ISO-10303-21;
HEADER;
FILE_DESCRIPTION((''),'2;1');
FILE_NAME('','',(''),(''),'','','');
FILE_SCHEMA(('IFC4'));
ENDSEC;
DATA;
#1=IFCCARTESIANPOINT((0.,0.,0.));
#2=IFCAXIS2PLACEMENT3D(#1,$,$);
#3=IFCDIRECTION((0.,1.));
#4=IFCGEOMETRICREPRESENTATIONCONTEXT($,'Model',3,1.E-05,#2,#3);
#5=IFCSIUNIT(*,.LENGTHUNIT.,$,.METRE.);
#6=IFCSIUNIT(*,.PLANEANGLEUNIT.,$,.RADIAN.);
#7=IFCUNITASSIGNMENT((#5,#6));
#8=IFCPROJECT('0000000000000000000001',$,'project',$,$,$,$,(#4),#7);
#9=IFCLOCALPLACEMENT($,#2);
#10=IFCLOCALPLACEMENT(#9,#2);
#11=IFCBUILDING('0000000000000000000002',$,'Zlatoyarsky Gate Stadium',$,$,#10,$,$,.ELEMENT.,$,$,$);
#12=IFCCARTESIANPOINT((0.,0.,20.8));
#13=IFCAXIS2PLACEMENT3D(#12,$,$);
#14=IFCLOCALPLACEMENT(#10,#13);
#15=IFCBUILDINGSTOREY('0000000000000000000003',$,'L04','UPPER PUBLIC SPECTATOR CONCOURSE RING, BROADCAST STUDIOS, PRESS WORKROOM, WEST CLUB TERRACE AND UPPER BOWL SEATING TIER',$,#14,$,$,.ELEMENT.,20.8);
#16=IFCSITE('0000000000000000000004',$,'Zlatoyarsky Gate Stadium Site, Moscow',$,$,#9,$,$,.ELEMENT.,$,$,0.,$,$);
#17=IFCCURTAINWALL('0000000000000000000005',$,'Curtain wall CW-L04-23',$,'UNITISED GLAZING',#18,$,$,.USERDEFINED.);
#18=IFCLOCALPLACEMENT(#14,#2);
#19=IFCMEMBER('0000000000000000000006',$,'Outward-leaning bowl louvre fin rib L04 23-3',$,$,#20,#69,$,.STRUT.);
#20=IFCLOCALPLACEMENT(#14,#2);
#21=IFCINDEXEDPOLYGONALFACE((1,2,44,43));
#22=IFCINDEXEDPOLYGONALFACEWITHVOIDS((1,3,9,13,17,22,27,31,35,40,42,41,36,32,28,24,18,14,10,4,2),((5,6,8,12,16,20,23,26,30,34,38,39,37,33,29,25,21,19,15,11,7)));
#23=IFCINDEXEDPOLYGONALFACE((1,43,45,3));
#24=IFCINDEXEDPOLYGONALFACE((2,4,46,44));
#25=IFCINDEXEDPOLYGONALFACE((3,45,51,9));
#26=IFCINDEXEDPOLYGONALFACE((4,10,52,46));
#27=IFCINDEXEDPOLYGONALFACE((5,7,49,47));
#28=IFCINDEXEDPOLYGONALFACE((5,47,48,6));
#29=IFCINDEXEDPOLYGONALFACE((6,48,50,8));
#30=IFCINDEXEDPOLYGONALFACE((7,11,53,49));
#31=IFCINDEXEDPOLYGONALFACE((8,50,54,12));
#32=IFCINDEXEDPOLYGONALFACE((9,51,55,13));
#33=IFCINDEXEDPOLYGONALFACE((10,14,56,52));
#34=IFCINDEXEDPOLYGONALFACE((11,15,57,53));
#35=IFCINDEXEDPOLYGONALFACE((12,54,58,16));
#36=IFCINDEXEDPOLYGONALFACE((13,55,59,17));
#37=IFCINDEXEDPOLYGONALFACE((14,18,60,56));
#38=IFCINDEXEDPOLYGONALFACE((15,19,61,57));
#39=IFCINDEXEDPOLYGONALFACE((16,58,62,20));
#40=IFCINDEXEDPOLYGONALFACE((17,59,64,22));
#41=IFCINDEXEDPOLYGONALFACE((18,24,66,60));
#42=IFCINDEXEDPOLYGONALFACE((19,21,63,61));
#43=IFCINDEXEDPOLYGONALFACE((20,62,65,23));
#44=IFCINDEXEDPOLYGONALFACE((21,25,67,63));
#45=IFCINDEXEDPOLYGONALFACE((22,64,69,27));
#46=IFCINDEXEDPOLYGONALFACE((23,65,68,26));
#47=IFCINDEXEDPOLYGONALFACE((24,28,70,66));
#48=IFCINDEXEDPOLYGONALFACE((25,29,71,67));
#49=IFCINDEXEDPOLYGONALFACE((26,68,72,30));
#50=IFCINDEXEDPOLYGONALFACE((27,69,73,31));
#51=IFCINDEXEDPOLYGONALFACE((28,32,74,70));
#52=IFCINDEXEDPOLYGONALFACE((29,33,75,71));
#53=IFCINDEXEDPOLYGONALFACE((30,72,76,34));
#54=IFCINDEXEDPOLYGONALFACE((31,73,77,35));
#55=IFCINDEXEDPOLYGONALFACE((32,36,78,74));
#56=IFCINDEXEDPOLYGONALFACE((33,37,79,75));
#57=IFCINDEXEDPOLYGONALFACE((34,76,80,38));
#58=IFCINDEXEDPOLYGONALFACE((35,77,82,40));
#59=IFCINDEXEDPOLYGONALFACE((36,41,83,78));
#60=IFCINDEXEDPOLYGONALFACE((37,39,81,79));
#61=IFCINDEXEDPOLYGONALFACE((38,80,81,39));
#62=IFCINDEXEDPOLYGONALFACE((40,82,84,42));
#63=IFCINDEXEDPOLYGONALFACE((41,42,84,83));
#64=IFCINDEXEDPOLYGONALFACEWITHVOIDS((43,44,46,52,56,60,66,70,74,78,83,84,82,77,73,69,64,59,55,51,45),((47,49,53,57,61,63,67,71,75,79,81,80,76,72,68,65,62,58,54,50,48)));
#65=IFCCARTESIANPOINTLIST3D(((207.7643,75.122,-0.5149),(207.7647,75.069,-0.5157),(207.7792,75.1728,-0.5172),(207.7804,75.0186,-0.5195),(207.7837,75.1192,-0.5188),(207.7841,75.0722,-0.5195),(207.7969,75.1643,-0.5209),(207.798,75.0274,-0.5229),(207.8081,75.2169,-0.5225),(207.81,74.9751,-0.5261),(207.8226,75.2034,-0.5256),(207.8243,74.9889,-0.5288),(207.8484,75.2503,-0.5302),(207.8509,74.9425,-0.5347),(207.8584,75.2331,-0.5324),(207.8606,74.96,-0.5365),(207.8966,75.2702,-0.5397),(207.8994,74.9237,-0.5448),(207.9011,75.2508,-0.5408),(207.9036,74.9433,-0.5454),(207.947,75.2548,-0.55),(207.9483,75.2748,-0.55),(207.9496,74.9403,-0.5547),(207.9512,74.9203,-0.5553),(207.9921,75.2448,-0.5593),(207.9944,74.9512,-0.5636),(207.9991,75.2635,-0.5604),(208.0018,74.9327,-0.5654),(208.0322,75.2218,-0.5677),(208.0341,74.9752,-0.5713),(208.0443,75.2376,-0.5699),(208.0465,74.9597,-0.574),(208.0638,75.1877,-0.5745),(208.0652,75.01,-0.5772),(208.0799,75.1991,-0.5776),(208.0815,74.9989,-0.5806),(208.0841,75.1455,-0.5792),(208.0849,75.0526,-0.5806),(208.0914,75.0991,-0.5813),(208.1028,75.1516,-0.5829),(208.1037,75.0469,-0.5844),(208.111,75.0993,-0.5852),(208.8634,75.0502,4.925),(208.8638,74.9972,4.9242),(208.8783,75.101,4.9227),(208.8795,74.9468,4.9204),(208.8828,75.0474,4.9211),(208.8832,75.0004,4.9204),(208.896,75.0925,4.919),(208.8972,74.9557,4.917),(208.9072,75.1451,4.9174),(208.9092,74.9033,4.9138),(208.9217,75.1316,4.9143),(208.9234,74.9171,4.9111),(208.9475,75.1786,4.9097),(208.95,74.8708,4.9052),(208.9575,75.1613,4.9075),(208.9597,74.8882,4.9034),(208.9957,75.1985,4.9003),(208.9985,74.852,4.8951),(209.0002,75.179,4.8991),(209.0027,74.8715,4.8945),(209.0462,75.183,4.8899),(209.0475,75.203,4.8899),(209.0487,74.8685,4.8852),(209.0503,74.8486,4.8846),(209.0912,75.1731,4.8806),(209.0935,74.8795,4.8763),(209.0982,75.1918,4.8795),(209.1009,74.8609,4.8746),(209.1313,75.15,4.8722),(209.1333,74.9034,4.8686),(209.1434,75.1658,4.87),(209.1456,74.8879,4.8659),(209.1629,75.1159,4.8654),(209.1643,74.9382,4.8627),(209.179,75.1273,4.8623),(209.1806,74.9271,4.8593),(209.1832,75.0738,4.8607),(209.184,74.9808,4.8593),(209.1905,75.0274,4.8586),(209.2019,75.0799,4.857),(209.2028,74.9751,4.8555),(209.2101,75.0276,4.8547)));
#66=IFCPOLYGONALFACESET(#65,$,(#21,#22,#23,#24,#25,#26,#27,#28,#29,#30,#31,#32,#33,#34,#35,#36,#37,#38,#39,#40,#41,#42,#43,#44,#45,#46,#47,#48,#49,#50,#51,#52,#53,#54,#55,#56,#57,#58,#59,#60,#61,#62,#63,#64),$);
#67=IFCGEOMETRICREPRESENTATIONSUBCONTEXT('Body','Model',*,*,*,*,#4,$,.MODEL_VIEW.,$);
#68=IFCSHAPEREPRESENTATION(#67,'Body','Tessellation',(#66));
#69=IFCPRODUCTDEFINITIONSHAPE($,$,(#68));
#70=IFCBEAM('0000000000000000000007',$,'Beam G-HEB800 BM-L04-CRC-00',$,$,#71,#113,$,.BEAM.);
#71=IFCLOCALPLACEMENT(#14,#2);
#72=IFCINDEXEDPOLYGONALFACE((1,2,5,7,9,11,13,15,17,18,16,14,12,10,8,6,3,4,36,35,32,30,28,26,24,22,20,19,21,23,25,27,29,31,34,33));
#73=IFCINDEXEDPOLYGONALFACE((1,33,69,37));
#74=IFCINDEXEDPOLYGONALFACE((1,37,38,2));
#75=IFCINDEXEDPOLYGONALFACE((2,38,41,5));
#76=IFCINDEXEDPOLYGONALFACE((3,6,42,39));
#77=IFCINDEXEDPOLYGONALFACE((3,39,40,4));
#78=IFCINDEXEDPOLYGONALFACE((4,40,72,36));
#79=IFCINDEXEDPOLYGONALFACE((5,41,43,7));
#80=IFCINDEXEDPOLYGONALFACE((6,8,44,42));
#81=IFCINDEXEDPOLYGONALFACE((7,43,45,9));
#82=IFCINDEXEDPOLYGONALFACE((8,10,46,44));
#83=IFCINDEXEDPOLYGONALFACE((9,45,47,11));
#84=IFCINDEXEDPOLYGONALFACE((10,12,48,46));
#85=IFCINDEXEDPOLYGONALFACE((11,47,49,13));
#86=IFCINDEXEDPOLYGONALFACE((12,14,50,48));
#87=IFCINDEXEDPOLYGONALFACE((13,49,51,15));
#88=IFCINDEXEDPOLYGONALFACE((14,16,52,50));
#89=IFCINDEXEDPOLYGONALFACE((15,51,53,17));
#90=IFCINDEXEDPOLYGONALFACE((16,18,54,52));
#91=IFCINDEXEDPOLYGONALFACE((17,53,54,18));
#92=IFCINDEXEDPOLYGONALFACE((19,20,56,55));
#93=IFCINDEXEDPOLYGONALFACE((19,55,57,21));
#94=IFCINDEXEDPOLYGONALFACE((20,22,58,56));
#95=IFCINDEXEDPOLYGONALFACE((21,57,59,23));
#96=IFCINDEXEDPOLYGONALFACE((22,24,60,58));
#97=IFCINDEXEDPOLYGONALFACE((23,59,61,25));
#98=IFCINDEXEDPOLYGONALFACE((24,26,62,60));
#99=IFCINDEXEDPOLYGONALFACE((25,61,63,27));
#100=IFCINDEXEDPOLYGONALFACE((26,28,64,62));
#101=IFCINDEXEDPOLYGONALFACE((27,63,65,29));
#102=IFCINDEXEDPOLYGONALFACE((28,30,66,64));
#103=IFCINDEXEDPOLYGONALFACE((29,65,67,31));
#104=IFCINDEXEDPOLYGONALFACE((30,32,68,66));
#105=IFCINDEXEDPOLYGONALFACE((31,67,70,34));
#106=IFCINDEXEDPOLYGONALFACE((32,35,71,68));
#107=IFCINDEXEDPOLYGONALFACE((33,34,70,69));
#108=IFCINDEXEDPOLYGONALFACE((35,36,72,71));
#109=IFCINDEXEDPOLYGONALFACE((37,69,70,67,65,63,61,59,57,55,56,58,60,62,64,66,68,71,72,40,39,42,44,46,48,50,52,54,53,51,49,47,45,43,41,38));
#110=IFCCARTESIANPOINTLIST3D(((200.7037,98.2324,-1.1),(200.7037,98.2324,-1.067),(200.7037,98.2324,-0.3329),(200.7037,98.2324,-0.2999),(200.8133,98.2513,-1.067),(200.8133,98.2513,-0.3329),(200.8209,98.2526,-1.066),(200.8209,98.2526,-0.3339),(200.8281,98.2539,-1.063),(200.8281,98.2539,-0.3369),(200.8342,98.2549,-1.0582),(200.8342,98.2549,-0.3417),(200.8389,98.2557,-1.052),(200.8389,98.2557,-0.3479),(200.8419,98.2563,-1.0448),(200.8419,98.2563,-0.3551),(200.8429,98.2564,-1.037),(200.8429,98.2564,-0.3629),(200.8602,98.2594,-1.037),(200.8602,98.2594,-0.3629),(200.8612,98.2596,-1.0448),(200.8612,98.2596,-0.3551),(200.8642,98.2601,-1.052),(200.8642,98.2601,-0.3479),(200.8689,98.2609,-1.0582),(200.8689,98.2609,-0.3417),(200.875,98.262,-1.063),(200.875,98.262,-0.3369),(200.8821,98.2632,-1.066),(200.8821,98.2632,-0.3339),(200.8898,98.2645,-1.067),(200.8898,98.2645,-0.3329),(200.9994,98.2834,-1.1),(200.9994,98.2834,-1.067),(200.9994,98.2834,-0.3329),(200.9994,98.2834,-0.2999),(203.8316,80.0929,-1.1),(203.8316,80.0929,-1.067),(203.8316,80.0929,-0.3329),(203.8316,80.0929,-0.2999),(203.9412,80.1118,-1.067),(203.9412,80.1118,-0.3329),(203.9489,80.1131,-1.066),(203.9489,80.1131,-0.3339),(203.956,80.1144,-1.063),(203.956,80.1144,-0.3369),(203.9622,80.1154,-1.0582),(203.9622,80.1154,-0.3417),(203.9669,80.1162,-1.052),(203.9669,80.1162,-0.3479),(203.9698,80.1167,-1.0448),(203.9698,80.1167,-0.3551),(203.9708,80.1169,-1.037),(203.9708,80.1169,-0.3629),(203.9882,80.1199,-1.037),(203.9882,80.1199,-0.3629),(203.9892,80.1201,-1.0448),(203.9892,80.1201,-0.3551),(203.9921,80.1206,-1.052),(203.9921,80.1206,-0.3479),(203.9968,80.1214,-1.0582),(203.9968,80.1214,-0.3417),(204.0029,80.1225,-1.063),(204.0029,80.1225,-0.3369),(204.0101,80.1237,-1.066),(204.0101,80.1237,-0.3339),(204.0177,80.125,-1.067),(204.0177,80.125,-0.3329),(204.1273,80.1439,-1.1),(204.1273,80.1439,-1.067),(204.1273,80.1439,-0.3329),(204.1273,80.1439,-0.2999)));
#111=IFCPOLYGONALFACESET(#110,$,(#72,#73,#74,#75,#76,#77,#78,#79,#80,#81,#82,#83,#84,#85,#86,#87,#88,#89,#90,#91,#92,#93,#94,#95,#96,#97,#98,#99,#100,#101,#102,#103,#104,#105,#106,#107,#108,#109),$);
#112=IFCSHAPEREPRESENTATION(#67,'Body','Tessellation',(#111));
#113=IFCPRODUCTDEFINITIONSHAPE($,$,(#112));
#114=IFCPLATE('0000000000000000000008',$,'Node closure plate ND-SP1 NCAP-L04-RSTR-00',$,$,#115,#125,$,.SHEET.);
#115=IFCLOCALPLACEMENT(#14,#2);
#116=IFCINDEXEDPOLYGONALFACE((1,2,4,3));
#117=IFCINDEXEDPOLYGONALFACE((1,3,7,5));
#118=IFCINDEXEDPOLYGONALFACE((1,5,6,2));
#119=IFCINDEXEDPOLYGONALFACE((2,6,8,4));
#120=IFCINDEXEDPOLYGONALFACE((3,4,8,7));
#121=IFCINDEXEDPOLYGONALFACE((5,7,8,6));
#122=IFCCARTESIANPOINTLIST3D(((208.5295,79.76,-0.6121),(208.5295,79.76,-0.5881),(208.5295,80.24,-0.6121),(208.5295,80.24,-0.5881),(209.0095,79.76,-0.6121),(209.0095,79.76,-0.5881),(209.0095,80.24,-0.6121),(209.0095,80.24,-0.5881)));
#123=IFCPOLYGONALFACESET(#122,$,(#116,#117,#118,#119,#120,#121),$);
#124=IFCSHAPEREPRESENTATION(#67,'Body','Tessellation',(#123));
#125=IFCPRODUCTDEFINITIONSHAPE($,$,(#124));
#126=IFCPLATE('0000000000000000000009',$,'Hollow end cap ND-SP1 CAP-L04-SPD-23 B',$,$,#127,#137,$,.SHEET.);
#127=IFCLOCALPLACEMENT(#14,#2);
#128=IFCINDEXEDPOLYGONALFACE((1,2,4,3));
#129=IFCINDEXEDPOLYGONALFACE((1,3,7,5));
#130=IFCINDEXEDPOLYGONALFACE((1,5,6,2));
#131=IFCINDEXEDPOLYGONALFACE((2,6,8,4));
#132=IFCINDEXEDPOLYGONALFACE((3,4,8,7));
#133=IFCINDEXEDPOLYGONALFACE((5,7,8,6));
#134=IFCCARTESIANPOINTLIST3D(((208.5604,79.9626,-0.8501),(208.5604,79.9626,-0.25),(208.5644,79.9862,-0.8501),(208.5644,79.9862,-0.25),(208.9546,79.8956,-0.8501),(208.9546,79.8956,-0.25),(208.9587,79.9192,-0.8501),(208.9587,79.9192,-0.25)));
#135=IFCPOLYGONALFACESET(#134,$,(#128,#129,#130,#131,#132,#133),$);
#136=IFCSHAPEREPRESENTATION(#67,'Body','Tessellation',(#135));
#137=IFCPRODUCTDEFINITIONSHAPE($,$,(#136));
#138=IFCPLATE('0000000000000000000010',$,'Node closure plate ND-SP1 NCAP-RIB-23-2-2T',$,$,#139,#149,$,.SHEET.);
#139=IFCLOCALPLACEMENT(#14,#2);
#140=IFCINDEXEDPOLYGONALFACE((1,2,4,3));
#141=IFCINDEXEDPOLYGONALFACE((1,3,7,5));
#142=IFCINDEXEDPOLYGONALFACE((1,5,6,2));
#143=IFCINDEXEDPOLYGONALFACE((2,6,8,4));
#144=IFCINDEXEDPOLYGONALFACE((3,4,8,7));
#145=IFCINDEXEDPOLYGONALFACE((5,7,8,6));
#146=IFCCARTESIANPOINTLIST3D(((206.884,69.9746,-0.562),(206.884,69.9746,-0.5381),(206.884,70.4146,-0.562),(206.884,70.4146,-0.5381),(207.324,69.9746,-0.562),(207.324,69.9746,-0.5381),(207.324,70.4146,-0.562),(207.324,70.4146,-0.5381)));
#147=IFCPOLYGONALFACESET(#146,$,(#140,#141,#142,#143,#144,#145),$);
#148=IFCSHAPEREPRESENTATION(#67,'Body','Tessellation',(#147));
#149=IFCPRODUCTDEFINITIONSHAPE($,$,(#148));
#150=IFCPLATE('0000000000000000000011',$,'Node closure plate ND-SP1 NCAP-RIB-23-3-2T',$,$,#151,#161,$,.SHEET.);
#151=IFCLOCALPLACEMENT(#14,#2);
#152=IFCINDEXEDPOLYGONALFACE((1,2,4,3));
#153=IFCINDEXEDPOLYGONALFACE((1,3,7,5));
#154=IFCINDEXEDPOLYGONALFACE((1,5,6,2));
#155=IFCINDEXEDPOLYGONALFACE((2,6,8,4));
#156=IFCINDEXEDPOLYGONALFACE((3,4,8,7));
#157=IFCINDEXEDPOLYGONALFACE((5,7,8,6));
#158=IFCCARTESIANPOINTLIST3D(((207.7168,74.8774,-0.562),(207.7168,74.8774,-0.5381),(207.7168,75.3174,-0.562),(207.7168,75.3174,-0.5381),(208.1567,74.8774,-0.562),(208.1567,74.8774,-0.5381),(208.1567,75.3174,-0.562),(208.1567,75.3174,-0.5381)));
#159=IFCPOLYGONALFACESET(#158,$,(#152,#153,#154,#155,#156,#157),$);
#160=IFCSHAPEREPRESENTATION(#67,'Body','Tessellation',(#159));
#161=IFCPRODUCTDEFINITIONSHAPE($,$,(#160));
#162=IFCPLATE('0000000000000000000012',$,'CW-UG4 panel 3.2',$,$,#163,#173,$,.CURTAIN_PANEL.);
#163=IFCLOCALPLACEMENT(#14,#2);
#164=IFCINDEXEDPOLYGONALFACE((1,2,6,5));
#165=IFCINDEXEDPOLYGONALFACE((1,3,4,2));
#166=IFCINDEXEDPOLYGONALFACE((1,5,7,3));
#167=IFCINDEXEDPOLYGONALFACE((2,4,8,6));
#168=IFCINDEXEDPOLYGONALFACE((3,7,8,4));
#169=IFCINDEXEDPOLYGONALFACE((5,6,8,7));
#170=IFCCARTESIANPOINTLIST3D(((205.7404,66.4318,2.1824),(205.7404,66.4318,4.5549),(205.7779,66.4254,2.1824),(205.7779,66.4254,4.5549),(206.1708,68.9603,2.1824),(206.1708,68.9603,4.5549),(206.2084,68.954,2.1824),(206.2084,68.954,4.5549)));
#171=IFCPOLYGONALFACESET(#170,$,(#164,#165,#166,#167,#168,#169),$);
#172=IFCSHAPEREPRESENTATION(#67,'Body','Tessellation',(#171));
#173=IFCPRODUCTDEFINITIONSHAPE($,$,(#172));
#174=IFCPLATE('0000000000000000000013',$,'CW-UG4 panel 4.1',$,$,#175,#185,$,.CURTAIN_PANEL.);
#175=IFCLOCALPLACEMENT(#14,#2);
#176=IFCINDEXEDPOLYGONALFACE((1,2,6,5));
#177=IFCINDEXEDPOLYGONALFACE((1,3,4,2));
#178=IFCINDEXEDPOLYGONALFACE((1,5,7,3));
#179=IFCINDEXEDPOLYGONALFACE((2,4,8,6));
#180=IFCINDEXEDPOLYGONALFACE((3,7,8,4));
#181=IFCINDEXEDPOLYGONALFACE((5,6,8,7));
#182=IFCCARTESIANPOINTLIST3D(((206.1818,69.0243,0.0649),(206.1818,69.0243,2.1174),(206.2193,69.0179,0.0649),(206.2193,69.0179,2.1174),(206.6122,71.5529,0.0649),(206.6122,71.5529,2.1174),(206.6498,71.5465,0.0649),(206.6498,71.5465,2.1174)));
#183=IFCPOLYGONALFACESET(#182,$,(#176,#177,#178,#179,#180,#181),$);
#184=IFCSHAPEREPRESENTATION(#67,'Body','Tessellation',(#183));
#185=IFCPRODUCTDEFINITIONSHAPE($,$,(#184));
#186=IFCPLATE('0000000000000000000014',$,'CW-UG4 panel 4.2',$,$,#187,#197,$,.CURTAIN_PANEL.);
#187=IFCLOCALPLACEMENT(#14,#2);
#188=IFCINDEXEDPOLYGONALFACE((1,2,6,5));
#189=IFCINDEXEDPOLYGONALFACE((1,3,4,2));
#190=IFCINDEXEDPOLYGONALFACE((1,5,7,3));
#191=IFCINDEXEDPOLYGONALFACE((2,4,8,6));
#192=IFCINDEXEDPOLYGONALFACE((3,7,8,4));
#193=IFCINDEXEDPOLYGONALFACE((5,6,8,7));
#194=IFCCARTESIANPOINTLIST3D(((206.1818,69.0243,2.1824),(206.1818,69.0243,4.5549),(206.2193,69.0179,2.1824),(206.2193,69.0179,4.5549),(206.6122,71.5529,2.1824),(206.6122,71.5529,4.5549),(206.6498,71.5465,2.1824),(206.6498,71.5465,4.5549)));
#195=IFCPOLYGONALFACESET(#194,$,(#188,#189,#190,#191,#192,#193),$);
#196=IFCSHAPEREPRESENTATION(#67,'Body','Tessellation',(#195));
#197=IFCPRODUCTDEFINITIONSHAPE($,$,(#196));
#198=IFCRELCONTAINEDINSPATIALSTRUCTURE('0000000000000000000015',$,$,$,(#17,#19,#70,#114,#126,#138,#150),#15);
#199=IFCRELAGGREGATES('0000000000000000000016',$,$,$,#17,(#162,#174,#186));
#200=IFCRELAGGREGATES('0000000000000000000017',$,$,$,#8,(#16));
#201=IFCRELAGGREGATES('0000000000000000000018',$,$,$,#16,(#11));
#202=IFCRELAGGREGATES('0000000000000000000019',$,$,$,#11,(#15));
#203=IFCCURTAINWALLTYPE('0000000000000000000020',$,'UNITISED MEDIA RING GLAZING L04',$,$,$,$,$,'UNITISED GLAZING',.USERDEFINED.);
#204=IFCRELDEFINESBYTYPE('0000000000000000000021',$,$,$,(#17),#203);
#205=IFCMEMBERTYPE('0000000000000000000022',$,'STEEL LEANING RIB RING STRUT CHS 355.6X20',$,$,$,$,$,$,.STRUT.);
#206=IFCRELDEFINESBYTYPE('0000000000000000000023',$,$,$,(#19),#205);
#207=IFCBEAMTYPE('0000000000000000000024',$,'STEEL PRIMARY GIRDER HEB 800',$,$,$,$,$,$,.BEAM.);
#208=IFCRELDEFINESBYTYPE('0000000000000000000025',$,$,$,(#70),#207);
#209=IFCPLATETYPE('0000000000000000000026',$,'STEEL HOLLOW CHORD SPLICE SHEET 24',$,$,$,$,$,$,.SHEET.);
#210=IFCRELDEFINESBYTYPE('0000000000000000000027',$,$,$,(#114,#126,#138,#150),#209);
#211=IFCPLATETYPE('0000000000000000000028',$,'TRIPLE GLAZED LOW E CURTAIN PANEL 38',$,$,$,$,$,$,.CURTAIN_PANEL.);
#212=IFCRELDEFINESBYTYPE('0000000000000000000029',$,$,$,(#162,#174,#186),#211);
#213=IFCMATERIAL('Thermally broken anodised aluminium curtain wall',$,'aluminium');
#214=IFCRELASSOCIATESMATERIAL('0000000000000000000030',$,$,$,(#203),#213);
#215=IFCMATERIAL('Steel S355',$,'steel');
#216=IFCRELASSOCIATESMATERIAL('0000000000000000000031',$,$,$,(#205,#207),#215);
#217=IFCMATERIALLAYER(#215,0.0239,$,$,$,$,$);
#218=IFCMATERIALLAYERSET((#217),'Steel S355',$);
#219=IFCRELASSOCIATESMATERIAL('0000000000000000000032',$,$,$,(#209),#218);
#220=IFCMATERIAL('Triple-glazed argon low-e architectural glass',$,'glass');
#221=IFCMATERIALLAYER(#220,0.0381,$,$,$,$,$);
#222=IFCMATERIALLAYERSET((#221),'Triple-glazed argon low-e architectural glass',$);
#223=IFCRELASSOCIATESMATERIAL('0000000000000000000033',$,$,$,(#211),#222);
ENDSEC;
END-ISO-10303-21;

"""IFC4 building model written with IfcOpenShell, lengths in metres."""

from ifc_helpers import new_model, si_unit, direction, frame, origin, origin_2d, place, context, subcontext, project, spatial, rectangle, hollow_circle, i_section, extrude, material, layer, layer_set, material_profile, profile_set, type_object, element, aggregate, save


model = new_model("IFC4")

# Units and contexts
model_context = context("Model", 3, precision=1e-05, world=origin(), true_north=direction((0.0, 1.0)))
body_context = subcontext(model_context, "Body", "Model", "MODEL_VIEW")
ifc_project = project(units=[si_unit("LENGTHUNIT", "METRE"), si_unit("PLANEANGLEUNIT", "RADIAN")], contexts=[model_context])

# Site, building, storey
site_placement = place(None, origin())
site = spatial("IfcSite", under=ifc_project, at=site_placement, Name="Zlatoyarsky Gate Stadium Site, Moscow", CompositionType="ELEMENT", RefElevation=0.0)
building_placement = place(site_placement, origin())
building = spatial("IfcBuilding", under=site, at=building_placement, Name="Zlatoyarsky Gate Stadium", CompositionType="ELEMENT")
storey_placement = place(building_placement, frame((0.0, 0.0, 20.8)))
storey = spatial("IfcBuildingStorey", under=building, at=storey_placement, Name="L04", Description="UPPER PUBLIC SPECTATOR CONCOURSE RING, BROADCAST STUDIOS, PRESS WORKROOM, WEST CLUB TERRACE AND UPPER BOWL SEATING TIER", CompositionType="ELEMENT", Elevation=20.8)

# Shared definitions
ifc_material_1 = material(Name="Steel S355", Category="steel")

# Curtain wall
ifc_material_2 = material(Name="Thermally broken anodised aluminium curtain wall", Category="aluminium")
curtain_wall_type = type_object("IfcCurtainWallType", Name="UNITISED MEDIA RING GLAZING L04", ElementType="UNITISED GLAZING", PredefinedType="USERDEFINED", material=ifc_material_2)
curtain_wall_placement = place(storey_placement, origin())
curtain_wall = element("IfcCurtainWall", 1, at=curtain_wall_placement, inside=storey, type_object=curtain_wall_type, Name="Curtain wall CW-L04-23", ObjectType="UNITISED GLAZING", PredefinedType="USERDEFINED")

# Member
ifc_material_profile_1 = material_profile(ifc_material_1, hollow_circle(Radius=0.1777, WallThickness=0.02, at=origin_2d()), Name="CHS 355.6X20")
ifc_profile_set_1 = profile_set([ifc_material_profile_1], Name="Steel S355")
member_type_1 = type_object("IfcMemberType", Name="STEEL LEANING RIB RING STRUT CHS 355.6X20", PredefinedType="STRUT", material=ifc_profile_set_1)
member_1_placement = place(storey_placement, frame((207.9368, 75.0974, -0.55), z_axis=(0.198028, -0.012932, 0.980111), x_axis=(0.065166, 0.997874, 0.0)))
element("IfcMember", 2, at=member_1_placement, inside=storey, type_object=member_type_1, Name="Outward-leaning bowl louvre fin rib L04 23-3", PredefinedType="STRUT", context=body_context, shape_type="SweptSolid", body=[
    extrude(hollow_circle(Radius=0.1777, WallThickness=0.02, at=origin_2d()), origin(), (0.0, 0.0, 1.0), 5.5503),
])

# Beam
ifc_material_profile_2 = material_profile(ifc_material_1, i_section(OverallWidth=0.3, OverallDepth=0.8, WebThickness=0.0176, FlangeThickness=0.033, FilletRadius=0.03, at=origin_2d()), Name="HEB 800")
ifc_profile_set_2 = profile_set([ifc_material_profile_2], Name="Steel S355")
beam_type_1 = type_object("IfcBeamType", Name="STEEL PRIMARY GIRDER HEB 800", PredefinedType="BEAM", material=ifc_profile_set_2)
beam_1_placement = place(storey_placement, frame((203.9795, 80.1184, -0.7), z_axis=(-0.16993, 0.985456, 0.0), x_axis=(-0.985456, -0.16993, 0.0)))
element("IfcBeam", 3, at=beam_1_placement, inside=storey, type_object=beam_type_1, Name="Beam G-HEB800 BM-L04-CRC-00", PredefinedType="BEAM", context=body_context, shape_type="SweptSolid", body=[
    extrude(i_section(OverallWidth=0.3, OverallDepth=0.8, WebThickness=0.0176, FlangeThickness=0.033, FilletRadius=0.03, at=origin_2d()), origin(), (0.0, 0.0, 1.0), 18.4072),
])

# Plates
ifc_layer_1 = layer(ifc_material_1, 0.0239)
ifc_layer_set_1 = layer_set([ifc_layer_1], Name="Steel S355")
plate_type_1 = type_object("IfcPlateType", Name="STEEL HOLLOW CHORD SPLICE SHEET 24", PredefinedType="SHEET", material=ifc_layer_set_1)
plate_1_placement = place(storey_placement, frame((208.7695, 80.0, -0.6121), z_axis=(0.0, 0.0, 1.0), x_axis=(1.0, 0.0, 0.0)))
element("IfcPlate", 4, at=plate_1_placement, inside=storey, type_object=plate_type_1, Name="Node closure plate ND-SP1 NCAP-L04-RSTR-00", PredefinedType="SHEET", context=body_context, shape_type="SweptSolid", body=[
    extrude(rectangle(XDim=0.48, YDim=0.48, at=origin_2d()), origin(), (0.0, 0.0, 1.0), 0.0239),
])
plate_2_placement = place(storey_placement, frame((208.7595, 79.9409, -0.8501), z_axis=(0.0, 0.0, 1.0), x_axis=(0.167478, 0.985876, 0.0)))
element("IfcPlate", 5, at=plate_2_placement, inside=storey, type_object=plate_type_1, Name="Hollow end cap ND-SP1 CAP-L04-SPD-23 B", PredefinedType="SHEET", context=body_context, shape_type="SweptSolid", body=[
    extrude(rectangle(XDim=0.0239, YDim=0.3999, at=origin_2d()), origin(), (0.0, 0.0, 1.0), 0.6001),
])
for number, where, z_axis, x_axis, name in (
    (6, (207.104, 70.1946, -0.562), (0.0, 0.0, 1.0), (1.0, 0.0, 0.0), "Node closure plate ND-SP1 NCAP-RIB-23-2-2T"),
    (7, (207.9368, 75.0974, -0.562), (0.0, 0.0, 1.0), (1.0, 0.0, 0.0), "Node closure plate ND-SP1 NCAP-RIB-23-3-2T"),
):
    element("IfcPlate", number, at=place(storey_placement, frame(where, z_axis=z_axis, x_axis=x_axis)), inside=storey, type_object=plate_type_1, Name=name, PredefinedType="SHEET", context=body_context, shape_type="SweptSolid", body=[
        extrude(rectangle(XDim=0.4399, YDim=0.4399, at=origin_2d()), origin(), (0.0, 0.0, 1.0), 0.0239),
    ])

# Plates
ifc_material_3 = material(Name="Triple-glazed argon low-e architectural glass", Category="glass")
ifc_layer_2 = layer(ifc_material_3, 0.0381)
ifc_layer_set_2 = layer_set([ifc_layer_2], Name="Triple-glazed argon low-e architectural glass")
plate_type_2 = type_object("IfcPlateType", Name="TRIPLE GLAZED LOW E CURTAIN PANEL 38", PredefinedType="CURTAIN_PANEL", material=ifc_layer_set_2)
plate_3_placement = place(storey_placement, frame((205.9744, 67.6929, 2.1824), z_axis=(0.0, 0.0, 1.0), x_axis=(0.167821, 0.985817, 0.0)))
plate_3 = element("IfcPlate", 8, at=plate_3_placement, type_object=plate_type_2, Name="CW-UG4 panel 3.2", PredefinedType="CURTAIN_PANEL", context=body_context, shape_type="SweptSolid", body=[
    extrude(rectangle(XDim=2.5649, YDim=0.0381, at=origin_2d()), origin(), (0.0, 0.0, 1.0), 2.3726),
])
plate_4_placement = place(storey_placement, frame((206.4158, 70.2854, 0.0649), z_axis=(0.0, 0.0, 1.0), x_axis=(0.167821, 0.985817, 0.0)))
plate_4 = element("IfcPlate", 9, at=plate_4_placement, type_object=plate_type_2, Name="CW-UG4 panel 4.1", PredefinedType="CURTAIN_PANEL", context=body_context, shape_type="SweptSolid", body=[
    extrude(rectangle(XDim=2.5649, YDim=0.0381, at=origin_2d()), origin(), (0.0, 0.0, 1.0), 2.0525),
])
plate_5_placement = place(storey_placement, frame((206.4158, 70.2854, 2.1824), z_axis=(0.0, 0.0, 1.0), x_axis=(0.167821, 0.985817, 0.0)))
plate_5 = element("IfcPlate", 10, at=plate_5_placement, type_object=plate_type_2, Name="CW-UG4 panel 4.2", PredefinedType="CURTAIN_PANEL", context=body_context, shape_type="SweptSolid", body=[
    extrude(rectangle(XDim=2.5649, YDim=0.0381, at=origin_2d()), origin(), (0.0, 0.0, 1.0), 2.3726),
])
aggregate(curtain_wall, [plate_3, plate_4, plate_5])

save(model, "model.ifc")
